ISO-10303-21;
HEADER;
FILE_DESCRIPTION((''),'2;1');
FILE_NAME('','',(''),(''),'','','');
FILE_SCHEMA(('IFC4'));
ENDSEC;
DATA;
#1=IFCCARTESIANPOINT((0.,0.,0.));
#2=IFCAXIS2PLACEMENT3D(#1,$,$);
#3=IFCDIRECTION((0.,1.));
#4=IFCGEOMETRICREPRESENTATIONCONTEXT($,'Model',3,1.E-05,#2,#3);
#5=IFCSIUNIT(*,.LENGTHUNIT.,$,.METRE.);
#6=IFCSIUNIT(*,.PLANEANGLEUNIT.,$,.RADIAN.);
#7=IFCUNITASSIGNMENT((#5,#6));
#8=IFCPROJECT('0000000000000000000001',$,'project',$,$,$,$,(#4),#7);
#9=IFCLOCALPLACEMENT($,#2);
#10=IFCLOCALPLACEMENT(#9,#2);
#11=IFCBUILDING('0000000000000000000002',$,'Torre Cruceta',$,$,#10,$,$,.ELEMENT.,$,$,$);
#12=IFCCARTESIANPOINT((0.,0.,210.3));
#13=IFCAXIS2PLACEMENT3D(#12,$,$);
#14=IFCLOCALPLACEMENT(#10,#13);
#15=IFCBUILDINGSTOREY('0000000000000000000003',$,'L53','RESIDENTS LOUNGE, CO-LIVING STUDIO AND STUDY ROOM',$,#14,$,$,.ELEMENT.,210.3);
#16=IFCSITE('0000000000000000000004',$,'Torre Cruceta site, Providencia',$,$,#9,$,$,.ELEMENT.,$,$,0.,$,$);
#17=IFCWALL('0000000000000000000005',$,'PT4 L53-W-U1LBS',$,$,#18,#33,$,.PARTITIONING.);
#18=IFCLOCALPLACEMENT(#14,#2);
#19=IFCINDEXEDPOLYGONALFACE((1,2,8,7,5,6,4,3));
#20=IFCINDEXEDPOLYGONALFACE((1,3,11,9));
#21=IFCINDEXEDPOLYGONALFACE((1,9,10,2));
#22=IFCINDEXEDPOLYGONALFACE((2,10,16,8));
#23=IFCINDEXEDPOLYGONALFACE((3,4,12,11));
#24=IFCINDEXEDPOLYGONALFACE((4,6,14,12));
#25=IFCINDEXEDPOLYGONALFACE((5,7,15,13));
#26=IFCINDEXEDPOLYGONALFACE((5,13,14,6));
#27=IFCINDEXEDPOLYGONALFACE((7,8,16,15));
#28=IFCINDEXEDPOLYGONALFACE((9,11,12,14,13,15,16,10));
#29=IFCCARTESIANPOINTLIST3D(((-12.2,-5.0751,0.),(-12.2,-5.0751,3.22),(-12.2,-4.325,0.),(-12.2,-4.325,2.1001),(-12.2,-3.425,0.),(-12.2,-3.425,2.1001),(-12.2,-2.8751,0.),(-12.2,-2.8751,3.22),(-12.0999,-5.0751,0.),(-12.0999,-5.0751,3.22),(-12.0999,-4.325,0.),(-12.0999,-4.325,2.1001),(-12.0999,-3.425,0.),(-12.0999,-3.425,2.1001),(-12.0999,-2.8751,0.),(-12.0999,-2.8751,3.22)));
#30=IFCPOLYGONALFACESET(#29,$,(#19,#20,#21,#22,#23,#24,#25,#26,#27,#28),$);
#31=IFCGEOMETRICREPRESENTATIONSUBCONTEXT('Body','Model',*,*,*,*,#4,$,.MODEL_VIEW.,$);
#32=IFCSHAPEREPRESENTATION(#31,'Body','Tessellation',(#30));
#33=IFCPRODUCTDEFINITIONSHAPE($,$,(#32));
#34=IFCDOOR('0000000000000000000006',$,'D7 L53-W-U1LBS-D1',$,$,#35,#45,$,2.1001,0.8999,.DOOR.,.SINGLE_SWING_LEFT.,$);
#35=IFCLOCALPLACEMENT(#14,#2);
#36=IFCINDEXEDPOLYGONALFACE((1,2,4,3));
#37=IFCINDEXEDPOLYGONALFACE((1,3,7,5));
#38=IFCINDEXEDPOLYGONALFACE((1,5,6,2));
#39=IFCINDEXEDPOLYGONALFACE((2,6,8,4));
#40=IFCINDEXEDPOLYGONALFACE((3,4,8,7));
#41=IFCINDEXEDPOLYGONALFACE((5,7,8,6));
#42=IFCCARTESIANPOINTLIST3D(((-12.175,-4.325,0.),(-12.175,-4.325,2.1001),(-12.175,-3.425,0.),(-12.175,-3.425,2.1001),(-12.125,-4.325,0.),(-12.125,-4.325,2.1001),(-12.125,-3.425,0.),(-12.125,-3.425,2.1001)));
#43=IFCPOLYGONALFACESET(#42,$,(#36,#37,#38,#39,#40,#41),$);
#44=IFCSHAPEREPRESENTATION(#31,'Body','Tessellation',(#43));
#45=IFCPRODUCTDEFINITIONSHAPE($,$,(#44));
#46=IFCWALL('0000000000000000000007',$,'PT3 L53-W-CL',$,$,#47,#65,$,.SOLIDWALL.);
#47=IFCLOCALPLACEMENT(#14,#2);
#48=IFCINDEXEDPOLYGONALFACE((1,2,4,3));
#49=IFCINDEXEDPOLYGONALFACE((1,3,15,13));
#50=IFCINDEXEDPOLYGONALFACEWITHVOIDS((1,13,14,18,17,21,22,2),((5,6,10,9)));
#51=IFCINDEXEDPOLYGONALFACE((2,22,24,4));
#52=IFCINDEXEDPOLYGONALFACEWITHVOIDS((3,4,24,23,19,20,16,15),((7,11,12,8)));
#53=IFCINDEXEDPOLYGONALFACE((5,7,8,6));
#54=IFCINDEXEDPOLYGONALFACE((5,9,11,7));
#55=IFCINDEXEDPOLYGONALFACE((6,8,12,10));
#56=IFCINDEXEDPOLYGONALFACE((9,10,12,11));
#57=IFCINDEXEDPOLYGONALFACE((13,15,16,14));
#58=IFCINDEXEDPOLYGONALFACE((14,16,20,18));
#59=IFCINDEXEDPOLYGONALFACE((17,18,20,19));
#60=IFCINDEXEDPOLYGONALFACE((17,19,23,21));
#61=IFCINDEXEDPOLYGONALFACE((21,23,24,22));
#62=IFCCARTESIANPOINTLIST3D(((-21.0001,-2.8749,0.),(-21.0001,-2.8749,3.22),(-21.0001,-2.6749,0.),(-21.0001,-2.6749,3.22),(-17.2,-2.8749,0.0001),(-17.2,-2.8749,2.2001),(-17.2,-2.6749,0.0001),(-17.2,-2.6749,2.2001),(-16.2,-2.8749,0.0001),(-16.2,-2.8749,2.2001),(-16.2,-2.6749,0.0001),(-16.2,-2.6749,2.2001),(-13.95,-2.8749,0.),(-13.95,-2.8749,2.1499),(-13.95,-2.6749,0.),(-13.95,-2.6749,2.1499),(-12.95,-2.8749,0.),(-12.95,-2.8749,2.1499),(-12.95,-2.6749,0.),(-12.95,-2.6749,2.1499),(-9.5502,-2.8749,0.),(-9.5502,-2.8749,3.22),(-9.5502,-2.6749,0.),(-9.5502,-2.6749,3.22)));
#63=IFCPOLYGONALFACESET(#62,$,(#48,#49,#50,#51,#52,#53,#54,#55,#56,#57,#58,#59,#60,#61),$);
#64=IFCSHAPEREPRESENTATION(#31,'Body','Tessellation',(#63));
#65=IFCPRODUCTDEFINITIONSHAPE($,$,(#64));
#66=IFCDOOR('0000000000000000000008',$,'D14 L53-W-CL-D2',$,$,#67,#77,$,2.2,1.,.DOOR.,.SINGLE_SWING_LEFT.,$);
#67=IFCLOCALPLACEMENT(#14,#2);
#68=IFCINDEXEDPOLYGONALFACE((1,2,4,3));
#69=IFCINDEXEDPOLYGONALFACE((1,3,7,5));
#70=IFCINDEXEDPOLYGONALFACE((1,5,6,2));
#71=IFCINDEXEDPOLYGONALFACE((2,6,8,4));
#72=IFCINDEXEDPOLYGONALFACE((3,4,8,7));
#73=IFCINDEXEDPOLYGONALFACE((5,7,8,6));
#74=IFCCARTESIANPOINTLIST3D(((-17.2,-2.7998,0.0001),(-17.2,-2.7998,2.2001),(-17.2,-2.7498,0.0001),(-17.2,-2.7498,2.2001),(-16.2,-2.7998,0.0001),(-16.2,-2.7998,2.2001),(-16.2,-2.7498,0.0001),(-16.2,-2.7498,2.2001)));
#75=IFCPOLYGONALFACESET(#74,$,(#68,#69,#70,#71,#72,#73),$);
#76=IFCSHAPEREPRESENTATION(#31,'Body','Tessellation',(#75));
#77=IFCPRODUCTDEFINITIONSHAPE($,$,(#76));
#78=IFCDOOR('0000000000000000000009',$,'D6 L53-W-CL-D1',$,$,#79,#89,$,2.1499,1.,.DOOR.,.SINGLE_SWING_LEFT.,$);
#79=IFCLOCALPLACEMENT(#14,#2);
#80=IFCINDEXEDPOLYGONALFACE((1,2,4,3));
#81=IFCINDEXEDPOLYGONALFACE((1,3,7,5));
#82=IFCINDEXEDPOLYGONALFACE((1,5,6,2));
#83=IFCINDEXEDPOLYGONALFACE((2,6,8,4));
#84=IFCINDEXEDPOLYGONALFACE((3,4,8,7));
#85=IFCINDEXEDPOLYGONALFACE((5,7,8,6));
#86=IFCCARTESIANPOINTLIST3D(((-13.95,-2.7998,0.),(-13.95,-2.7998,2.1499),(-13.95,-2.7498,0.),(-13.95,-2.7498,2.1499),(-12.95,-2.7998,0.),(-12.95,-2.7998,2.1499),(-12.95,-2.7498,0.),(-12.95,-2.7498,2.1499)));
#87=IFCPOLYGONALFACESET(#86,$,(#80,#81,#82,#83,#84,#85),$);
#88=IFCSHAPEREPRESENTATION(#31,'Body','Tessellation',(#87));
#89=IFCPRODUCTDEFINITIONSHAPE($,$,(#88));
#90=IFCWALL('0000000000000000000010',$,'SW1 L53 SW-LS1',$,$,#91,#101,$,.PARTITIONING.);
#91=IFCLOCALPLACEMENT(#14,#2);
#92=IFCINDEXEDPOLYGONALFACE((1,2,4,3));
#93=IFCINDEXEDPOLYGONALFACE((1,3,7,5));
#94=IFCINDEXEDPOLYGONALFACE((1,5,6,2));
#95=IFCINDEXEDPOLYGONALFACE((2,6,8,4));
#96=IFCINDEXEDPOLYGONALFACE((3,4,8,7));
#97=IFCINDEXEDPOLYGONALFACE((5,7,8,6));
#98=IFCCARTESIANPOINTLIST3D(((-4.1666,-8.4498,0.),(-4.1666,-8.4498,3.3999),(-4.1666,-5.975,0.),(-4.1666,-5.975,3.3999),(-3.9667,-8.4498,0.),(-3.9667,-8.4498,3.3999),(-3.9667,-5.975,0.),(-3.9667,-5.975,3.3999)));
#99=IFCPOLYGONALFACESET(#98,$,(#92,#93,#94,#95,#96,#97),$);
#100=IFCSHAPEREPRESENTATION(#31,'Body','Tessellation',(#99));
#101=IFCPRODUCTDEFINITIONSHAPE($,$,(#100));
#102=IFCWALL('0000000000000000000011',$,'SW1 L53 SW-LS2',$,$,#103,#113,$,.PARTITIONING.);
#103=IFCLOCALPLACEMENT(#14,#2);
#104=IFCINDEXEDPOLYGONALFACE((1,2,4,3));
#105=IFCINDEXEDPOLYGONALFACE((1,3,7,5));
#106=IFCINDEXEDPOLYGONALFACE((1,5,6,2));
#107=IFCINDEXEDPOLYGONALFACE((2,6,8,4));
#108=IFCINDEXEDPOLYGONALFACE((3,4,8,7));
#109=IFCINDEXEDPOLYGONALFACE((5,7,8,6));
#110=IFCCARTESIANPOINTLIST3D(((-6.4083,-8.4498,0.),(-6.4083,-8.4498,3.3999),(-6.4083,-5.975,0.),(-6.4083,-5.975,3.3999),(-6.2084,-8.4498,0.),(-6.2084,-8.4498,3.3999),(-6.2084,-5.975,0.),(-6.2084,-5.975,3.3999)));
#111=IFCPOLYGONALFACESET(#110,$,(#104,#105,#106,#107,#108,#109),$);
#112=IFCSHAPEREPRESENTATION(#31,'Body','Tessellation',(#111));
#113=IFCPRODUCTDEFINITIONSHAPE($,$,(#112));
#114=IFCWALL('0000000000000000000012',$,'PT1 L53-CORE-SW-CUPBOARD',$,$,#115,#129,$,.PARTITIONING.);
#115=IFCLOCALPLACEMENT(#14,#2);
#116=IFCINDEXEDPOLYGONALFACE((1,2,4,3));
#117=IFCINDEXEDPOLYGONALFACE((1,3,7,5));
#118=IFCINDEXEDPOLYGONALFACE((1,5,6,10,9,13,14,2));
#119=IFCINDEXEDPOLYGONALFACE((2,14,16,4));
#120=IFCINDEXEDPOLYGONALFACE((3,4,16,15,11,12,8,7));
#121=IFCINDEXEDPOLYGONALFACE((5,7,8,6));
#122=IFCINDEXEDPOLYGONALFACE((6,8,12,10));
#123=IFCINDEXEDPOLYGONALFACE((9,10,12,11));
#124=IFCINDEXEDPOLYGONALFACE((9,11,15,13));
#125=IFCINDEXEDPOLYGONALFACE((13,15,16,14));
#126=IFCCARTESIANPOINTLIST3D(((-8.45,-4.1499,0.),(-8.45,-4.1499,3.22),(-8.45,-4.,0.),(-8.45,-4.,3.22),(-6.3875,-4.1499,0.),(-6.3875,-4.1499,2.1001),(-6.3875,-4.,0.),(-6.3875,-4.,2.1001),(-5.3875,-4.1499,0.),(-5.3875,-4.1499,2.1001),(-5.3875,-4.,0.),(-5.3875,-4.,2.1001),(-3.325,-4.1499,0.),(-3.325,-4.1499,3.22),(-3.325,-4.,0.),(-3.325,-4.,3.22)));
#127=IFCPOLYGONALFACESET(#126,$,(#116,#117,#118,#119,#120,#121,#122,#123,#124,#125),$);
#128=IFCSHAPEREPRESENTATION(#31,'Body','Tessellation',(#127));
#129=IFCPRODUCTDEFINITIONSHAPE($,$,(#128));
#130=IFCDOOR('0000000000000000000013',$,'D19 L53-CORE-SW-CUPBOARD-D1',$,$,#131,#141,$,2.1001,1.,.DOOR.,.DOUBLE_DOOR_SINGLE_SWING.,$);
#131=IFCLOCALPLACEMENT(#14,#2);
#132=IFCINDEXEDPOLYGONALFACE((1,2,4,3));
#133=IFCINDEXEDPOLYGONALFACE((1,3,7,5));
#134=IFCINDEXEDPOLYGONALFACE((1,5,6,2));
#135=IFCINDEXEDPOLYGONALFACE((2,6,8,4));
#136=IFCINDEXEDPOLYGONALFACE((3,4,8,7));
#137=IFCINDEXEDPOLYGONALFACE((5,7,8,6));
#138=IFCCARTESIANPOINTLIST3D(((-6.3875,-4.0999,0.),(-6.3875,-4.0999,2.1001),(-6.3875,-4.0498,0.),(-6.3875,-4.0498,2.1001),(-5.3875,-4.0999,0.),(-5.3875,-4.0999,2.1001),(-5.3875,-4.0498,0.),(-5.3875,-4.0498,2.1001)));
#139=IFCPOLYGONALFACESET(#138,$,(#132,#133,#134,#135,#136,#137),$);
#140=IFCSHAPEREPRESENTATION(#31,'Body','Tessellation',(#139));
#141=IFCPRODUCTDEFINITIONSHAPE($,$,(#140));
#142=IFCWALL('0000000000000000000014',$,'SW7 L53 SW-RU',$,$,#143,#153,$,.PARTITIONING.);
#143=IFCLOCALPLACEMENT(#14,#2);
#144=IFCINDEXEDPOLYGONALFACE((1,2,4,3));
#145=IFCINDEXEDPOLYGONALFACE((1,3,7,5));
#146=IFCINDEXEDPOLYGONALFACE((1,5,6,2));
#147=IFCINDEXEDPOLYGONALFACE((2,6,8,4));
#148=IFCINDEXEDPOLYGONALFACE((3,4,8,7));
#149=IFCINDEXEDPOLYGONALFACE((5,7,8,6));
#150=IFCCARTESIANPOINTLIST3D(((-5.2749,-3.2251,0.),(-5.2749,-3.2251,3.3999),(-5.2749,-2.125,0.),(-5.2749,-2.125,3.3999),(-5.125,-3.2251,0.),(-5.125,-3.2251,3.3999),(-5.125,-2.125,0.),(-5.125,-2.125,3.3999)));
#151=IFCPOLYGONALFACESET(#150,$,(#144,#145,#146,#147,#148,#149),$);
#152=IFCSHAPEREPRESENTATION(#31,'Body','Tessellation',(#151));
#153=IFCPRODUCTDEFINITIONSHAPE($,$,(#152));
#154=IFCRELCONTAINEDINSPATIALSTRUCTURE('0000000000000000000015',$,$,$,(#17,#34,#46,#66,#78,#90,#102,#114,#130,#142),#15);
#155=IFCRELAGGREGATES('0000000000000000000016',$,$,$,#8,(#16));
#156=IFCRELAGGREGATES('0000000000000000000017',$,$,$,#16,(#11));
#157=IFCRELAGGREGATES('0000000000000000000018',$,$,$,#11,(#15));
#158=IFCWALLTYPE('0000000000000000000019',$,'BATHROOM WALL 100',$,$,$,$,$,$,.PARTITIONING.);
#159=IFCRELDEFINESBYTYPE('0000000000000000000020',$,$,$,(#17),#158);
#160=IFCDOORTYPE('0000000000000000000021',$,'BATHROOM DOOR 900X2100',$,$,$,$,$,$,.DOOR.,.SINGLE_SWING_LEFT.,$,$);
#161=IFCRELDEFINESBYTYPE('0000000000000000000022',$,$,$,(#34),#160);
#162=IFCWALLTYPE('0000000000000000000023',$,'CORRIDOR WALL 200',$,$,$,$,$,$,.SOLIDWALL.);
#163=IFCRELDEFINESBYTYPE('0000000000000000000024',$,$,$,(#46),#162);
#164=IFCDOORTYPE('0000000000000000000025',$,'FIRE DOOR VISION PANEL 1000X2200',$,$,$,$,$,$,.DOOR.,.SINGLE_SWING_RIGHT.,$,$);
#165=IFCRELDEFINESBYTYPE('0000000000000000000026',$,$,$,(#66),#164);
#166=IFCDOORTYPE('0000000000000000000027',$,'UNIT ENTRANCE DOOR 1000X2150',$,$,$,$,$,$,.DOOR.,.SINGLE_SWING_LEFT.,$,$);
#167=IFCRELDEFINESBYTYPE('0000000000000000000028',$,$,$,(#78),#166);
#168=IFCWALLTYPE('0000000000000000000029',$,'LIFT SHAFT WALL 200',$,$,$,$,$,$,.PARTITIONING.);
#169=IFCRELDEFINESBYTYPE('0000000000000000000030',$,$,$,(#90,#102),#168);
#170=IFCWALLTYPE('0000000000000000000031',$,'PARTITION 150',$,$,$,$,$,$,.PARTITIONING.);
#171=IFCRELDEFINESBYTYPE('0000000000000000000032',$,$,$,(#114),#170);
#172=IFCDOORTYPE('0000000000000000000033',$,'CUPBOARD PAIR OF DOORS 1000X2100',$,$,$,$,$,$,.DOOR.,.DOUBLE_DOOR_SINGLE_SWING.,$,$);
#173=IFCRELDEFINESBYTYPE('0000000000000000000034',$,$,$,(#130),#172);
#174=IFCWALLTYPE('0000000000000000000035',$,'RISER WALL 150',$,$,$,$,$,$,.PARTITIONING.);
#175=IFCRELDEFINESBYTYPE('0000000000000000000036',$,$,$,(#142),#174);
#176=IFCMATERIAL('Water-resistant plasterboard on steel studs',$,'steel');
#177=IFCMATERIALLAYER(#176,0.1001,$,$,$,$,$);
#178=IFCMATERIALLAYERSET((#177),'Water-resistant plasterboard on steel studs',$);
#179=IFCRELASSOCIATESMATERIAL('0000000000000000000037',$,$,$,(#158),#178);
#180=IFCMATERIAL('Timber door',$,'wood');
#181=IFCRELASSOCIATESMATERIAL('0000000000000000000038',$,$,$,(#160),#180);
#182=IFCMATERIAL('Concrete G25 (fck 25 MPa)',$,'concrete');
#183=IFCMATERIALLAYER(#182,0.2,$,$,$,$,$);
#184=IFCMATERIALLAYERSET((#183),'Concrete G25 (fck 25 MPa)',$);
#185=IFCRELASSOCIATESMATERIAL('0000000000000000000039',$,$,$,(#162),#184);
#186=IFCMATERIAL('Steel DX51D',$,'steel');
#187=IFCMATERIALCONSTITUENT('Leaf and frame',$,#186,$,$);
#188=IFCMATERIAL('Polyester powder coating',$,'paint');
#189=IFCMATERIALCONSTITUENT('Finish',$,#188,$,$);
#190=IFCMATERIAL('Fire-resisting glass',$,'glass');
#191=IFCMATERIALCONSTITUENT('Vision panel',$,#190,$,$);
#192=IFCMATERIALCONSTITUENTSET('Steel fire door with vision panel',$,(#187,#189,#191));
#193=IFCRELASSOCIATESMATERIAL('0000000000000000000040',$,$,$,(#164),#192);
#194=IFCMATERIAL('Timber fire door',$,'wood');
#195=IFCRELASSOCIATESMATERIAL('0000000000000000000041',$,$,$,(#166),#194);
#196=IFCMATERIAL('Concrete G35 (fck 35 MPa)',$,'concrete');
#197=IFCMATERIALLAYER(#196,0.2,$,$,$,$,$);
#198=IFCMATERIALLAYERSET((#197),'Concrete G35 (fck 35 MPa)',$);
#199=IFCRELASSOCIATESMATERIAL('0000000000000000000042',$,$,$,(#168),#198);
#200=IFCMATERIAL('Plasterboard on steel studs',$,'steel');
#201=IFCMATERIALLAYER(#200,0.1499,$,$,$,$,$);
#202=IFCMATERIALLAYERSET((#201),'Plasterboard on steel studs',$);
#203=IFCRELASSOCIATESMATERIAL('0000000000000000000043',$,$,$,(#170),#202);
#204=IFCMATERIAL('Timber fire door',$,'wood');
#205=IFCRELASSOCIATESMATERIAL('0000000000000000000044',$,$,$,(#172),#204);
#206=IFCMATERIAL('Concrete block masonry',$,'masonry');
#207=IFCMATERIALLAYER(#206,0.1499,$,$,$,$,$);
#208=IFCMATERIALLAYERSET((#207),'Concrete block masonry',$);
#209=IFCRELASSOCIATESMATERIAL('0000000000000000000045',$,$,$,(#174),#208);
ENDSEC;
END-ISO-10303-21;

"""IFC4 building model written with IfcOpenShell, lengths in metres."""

from ifc_helpers import new_model, si_unit, direction, frame, frame_2d, origin, place, context, subcontext, project, spatial, rectangle, extrude, material, layer, layer_set, constituent, constituent_set, type_object, element, fill, save


model = new_model("IFC4")

# Units and contexts
model_context = context("Model", 3, precision=1e-05, world=origin(), true_north=direction((0.0, 1.0)))
body_context = subcontext(model_context, "Body", "Model", "MODEL_VIEW")
ifc_project = project(units=[si_unit("LENGTHUNIT", "METRE"), si_unit("PLANEANGLEUNIT", "RADIAN")], contexts=[model_context])

# Site, building, storey
site_placement = place(None, origin())
site = spatial("IfcSite", under=ifc_project, at=site_placement, Name="Torre Cruceta site, Providencia", CompositionType="ELEMENT", RefElevation=0.0)
building_placement = place(site_placement, origin())
building = spatial("IfcBuilding", under=site, at=building_placement, Name="Torre Cruceta", CompositionType="ELEMENT")
storey_placement = place(building_placement, frame((0.0, 0.0, 210.3)))
storey = spatial("IfcBuildingStorey", under=building, at=storey_placement, Name="L53", Description="RESIDENTS LOUNGE, CO-LIVING STUDIO AND STUDY ROOM", CompositionType="ELEMENT", Elevation=210.3)

# Shared definitions
ifc_material_1 = material(Name="Water-resistant plasterboard on steel studs", Category="steel")
ifc_layer_1 = layer(ifc_material_1, 0.1001)
ifc_layer_set_1 = layer_set([ifc_layer_1], Name="Water-resistant plasterboard on steel studs")
wall_type_1 = type_object("IfcWallType", Name="BATHROOM WALL 100", PredefinedType="PARTITIONING", material=ifc_layer_set_1)

# Wall, opening, door
wall_1_placement = place(storey_placement, frame((-12.1499, -2.875, 0.0), z_axis=(0.0, 0.0, 1.0), x_axis=(0.0, -1.0, 0.0)))
wall_1 = element("IfcWall", 1, at=wall_1_placement, inside=storey, type_object=wall_type_1, Name="PT4 L53-W-U1LBS", PredefinedType="PARTITIONING", context=body_context, shape_type="SweptSolid", body=[
    extrude(rectangle(XDim=2.2, YDim=0.1001, at=frame_2d((1.1001, 0.0))), origin(), (0.0, 0.0, 1.0), 3.22),
])
opening_1_placement = place(wall_1_placement, frame((0.55, 0.0, 0.0)))
opening_1 = element("IfcOpeningElement", 2, at=opening_1_placement, cuts=wall_1, PredefinedType="OPENING", context=body_context, shape_type="SweptSolid", body=[
    extrude(rectangle(XDim=0.8999, YDim=2.1001, at=frame_2d((0.45, 1.05))), frame((0.0, 0.0601, 0.0), z_axis=(0.0, -1.0, 0.0), x_axis=(1.0, 0.0, 0.0)), (0.0, 0.0, 1.0), 0.1201),
])
ifc_material_2 = material(Name="Timber door", Category="wood")
door_type_1 = type_object("IfcDoorType", Name="BATHROOM DOOR 900X2100", OperationType="SINGLE_SWING_LEFT", PredefinedType="DOOR", material=ifc_material_2)
door_1_placement = place(opening_1_placement, origin())
door_1 = element("IfcDoor", 3, at=door_1_placement, inside=storey, type_object=door_type_1, Name="D7 L53-W-U1LBS-D1", OperationType="SINGLE_SWING_LEFT", OverallHeight=2.1001, OverallWidth=0.8999, PredefinedType="DOOR", context=body_context, shape_type="SweptSolid", body=[
    extrude(rectangle(XDim=0.8999, YDim=2.1001, at=frame_2d((0.45, 1.05))), frame((0.0, 0.0249, 0.0), z_axis=(0.0, -1.0, 0.0), x_axis=(1.0, 0.0, 0.0)), (0.0, 0.0, 1.0), 0.05),
])
fill(opening_1, door_1)

# Wall, openings, doors
ifc_material_3 = material(Name="Concrete G25 (fck 25 MPa)", Category="concrete")
ifc_layer_2 = layer(ifc_material_3, 0.2)
ifc_layer_set_2 = layer_set([ifc_layer_2], Name="Concrete G25 (fck 25 MPa)")
wall_type_2 = type_object("IfcWallType", Name="CORRIDOR WALL 200", PredefinedType="SOLIDWALL", material=ifc_layer_set_2)
wall_2_placement = place(storey_placement, frame((-9.55, -2.7749, 0.0), z_axis=(0.0, 0.0, 1.0), x_axis=(-1.0, 0.0, 0.0)))
wall_2 = element("IfcWall", 4, at=wall_2_placement, inside=storey, type_object=wall_type_2, Name="PT3 L53-W-CL", PredefinedType="SOLIDWALL", context=body_context, shape_type="SweptSolid", body=[
    extrude(rectangle(XDim=11.45, YDim=0.2, at=frame_2d((5.7251, 0.0))), origin(), (0.0, 0.0, 1.0), 3.22),
])
opening_2_placement = place(wall_2_placement, frame((3.3999, 0.0, 0.0)))
opening_2 = element("IfcOpeningElement", 5, at=opening_2_placement, cuts=wall_2, PredefinedType="OPENING", context=body_context, shape_type="SweptSolid", body=[
    extrude(rectangle(XDim=1.0, YDim=2.1499, at=frame_2d((0.5, 1.075))), frame((0.0, 0.1099, 0.0), z_axis=(0.0, -1.0, 0.0), x_axis=(1.0, 0.0, 0.0)), (0.0, 0.0, 1.0), 0.22),
])
opening_3_placement = place(wall_2_placement, frame((6.6499, 0.0, 0.0)))
opening_3 = element("IfcOpeningElement", 6, at=opening_3_placement, cuts=wall_2, PredefinedType="OPENING", context=body_context, shape_type="SweptSolid", body=[
    extrude(rectangle(XDim=1.0, YDim=2.2, at=frame_2d((0.5, 1.1001))), frame((0.0, 0.1099, 0.0), z_axis=(0.0, -1.0, 0.0), x_axis=(1.0, 0.0, 0.0)), (0.0, 0.0, 1.0), 0.22),
])
ifc_material_4 = material(Name="Steel DX51D", Category="steel")
ifc_constituent_1 = constituent(ifc_material_4, Name="Leaf and frame")
ifc_material_5 = material(Name="Polyester powder coating", Category="paint")
ifc_constituent_2 = constituent(ifc_material_5, Name="Finish")
ifc_material_6 = material(Name="Fire-resisting glass", Category="glass")
ifc_constituent_3 = constituent(ifc_material_6, Name="Vision panel")
ifc_constituent_set_1 = constituent_set(constituents=[ifc_constituent_1, ifc_constituent_2, ifc_constituent_3], Name="Steel fire door with vision panel")
door_type_2 = type_object("IfcDoorType", Name="FIRE DOOR VISION PANEL 1000X2200", OperationType="SINGLE_SWING_RIGHT", PredefinedType="DOOR", material=ifc_constituent_set_1)
door_2_placement = place(opening_3_placement, origin())
door_2 = element("IfcDoor", 7, at=door_2_placement, inside=storey, type_object=door_type_2, Name="D14 L53-W-CL-D2", OperationType="SINGLE_SWING_LEFT", OverallHeight=2.2, OverallWidth=1.0, PredefinedType="DOOR", context=body_context, shape_type="SweptSolid", body=[
    extrude(rectangle(XDim=1.0, YDim=2.2, at=frame_2d((0.5, 1.1001))), frame((0.0, 0.0249, 0.0), z_axis=(0.0, -1.0, 0.0), x_axis=(1.0, 0.0, 0.0)), (0.0, 0.0, 1.0), 0.05),
])
fill(opening_3, door_2)
ifc_material_7 = material(Name="Timber fire door", Category="wood")
door_type_3 = type_object("IfcDoorType", Name="UNIT ENTRANCE DOOR 1000X2150", OperationType="SINGLE_SWING_LEFT", PredefinedType="DOOR", material=ifc_material_7)
door_3_placement = place(opening_2_placement, origin())
door_3 = element("IfcDoor", 8, at=door_3_placement, inside=storey, type_object=door_type_3, Name="D6 L53-W-CL-D1", OperationType="SINGLE_SWING_LEFT", OverallHeight=2.1499, OverallWidth=1.0, PredefinedType="DOOR", context=body_context, shape_type="SweptSolid", body=[
    extrude(rectangle(XDim=1.0, YDim=2.1499, at=frame_2d((0.5, 1.075))), frame((0.0, 0.0249, 0.0), z_axis=(0.0, -1.0, 0.0), x_axis=(1.0, 0.0, 0.0)), (0.0, 0.0, 1.0), 0.05),
])
fill(opening_2, door_3)

# Walls
ifc_material_8 = material(Name="Concrete G35 (fck 35 MPa)", Category="concrete")
ifc_layer_3 = layer(ifc_material_8, 0.2)
ifc_layer_set_3 = layer_set([ifc_layer_3], Name="Concrete G35 (fck 35 MPa)")
wall_type_3 = type_object("IfcWallType", Name="LIFT SHAFT WALL 200", PredefinedType="PARTITIONING", material=ifc_layer_set_3)
for number, where, z_axis, x_axis, name in (
    (9, (-4.0667, -5.9751, 0.0), (0.0, 0.0, 1.0), (0.0, -1.0, 0.0), "SW1 L53 SW-LS1"),
    (10, (-6.3083, -5.9751, 0.0), (0.0, 0.0, 1.0), (0.0, -1.0, 0.0), "SW1 L53 SW-LS2"),
):
    element("IfcWall", number, at=place(storey_placement, frame(where, z_axis=z_axis, x_axis=x_axis)), inside=storey, type_object=wall_type_3, Name=name, PredefinedType="PARTITIONING", context=body_context, shape_type="SweptSolid", body=[
        extrude(rectangle(XDim=2.4749, YDim=0.2, at=frame_2d((1.2373, 0.0))), origin(), (0.0, 0.0, 1.0), 3.3999),
    ])

# Wall, opening, door
ifc_material_9 = material(Name="Plasterboard on steel studs", Category="steel")
ifc_layer_4 = layer(ifc_material_9, 0.1499)
ifc_layer_set_4 = layer_set([ifc_layer_4], Name="Plasterboard on steel studs")
wall_type_4 = type_object("IfcWallType", Name="PARTITION 150", PredefinedType="PARTITIONING", material=ifc_layer_set_4)
wall_3_placement = place(storey_placement, frame((-3.325, -4.075, 0.0), z_axis=(0.0, 0.0, 1.0), x_axis=(-1.0, 0.0, 0.0)))
wall_3 = element("IfcWall", 11, at=wall_3_placement, inside=storey, type_object=wall_type_4, Name="PT1 L53-CORE-SW-CUPBOARD", PredefinedType="PARTITIONING", context=body_context, shape_type="SweptSolid", body=[
    extrude(rectangle(XDim=5.125, YDim=0.1499, at=frame_2d((2.5625, 0.0))), origin(), (0.0, 0.0, 1.0), 3.22),
])
opening_4_placement = place(wall_3_placement, frame((2.0625, 0.0, 0.0)))
opening_4 = element("IfcOpeningElement", 12, at=opening_4_placement, cuts=wall_3, PredefinedType="OPENING", context=body_context, shape_type="SweptSolid", body=[
    extrude(rectangle(XDim=1.0, YDim=2.1001, at=frame_2d((0.5, 1.05))), frame((0.0, 0.085, 0.0), z_axis=(0.0, -1.0, 0.0), x_axis=(1.0, 0.0, 0.0)), (0.0, 0.0, 1.0), 0.1699),
])
ifc_material_10 = material(Name="Timber fire door", Category="wood")
door_type_4 = type_object("IfcDoorType", Name="CUPBOARD PAIR OF DOORS 1000X2100", OperationType="DOUBLE_DOOR_SINGLE_SWING", PredefinedType="DOOR", material=ifc_material_10)
door_4_placement = place(opening_4_placement, frame((1.0, 0.0, 0.0), z_axis=(0.0, 0.0, 1.0), x_axis=(-1.0, 0.0, 0.0)))
door_4 = element("IfcDoor", 13, at=door_4_placement, inside=storey, type_object=door_type_4, Name="D19 L53-CORE-SW-CUPBOARD-D1", OperationType="DOUBLE_DOOR_SINGLE_SWING", OverallHeight=2.1001, OverallWidth=1.0, PredefinedType="DOOR", context=body_context, shape_type="SweptSolid", body=[
    extrude(rectangle(XDim=1.0, YDim=2.1001, at=frame_2d((0.5, 1.05))), frame((0.0, 0.0251, 0.0), z_axis=(0.0, -1.0, 0.0), x_axis=(1.0, 0.0, 0.0)), (0.0, 0.0, 1.0), 0.05),
])
fill(opening_4, door_4)

# Wall
ifc_material_11 = material(Name="Concrete block masonry", Category="masonry")
ifc_layer_5 = layer(ifc_material_11, 0.1499)
ifc_layer_set_5 = layer_set([ifc_layer_5], Name="Concrete block masonry")
wall_type_5 = type_object("IfcWallType", Name="RISER WALL 150", PredefinedType="PARTITIONING", material=ifc_layer_set_5)
wall_4_placement = place(storey_placement, frame((-5.2, -2.125, 0.0), z_axis=(0.0, 0.0, 1.0), x_axis=(0.0, -1.0, 0.0)))
element("IfcWall", 14, at=wall_4_placement, inside=storey, type_object=wall_type_5, Name="SW7 L53 SW-RU", PredefinedType="PARTITIONING", context=body_context, shape_type="SweptSolid", body=[
    extrude(rectangle(XDim=1.1001, YDim=0.1499, at=frame_2d((0.55, 0.0))), origin(), (0.0, 0.0, 1.0), 3.3999),
])

save(model, "model.ifc")
